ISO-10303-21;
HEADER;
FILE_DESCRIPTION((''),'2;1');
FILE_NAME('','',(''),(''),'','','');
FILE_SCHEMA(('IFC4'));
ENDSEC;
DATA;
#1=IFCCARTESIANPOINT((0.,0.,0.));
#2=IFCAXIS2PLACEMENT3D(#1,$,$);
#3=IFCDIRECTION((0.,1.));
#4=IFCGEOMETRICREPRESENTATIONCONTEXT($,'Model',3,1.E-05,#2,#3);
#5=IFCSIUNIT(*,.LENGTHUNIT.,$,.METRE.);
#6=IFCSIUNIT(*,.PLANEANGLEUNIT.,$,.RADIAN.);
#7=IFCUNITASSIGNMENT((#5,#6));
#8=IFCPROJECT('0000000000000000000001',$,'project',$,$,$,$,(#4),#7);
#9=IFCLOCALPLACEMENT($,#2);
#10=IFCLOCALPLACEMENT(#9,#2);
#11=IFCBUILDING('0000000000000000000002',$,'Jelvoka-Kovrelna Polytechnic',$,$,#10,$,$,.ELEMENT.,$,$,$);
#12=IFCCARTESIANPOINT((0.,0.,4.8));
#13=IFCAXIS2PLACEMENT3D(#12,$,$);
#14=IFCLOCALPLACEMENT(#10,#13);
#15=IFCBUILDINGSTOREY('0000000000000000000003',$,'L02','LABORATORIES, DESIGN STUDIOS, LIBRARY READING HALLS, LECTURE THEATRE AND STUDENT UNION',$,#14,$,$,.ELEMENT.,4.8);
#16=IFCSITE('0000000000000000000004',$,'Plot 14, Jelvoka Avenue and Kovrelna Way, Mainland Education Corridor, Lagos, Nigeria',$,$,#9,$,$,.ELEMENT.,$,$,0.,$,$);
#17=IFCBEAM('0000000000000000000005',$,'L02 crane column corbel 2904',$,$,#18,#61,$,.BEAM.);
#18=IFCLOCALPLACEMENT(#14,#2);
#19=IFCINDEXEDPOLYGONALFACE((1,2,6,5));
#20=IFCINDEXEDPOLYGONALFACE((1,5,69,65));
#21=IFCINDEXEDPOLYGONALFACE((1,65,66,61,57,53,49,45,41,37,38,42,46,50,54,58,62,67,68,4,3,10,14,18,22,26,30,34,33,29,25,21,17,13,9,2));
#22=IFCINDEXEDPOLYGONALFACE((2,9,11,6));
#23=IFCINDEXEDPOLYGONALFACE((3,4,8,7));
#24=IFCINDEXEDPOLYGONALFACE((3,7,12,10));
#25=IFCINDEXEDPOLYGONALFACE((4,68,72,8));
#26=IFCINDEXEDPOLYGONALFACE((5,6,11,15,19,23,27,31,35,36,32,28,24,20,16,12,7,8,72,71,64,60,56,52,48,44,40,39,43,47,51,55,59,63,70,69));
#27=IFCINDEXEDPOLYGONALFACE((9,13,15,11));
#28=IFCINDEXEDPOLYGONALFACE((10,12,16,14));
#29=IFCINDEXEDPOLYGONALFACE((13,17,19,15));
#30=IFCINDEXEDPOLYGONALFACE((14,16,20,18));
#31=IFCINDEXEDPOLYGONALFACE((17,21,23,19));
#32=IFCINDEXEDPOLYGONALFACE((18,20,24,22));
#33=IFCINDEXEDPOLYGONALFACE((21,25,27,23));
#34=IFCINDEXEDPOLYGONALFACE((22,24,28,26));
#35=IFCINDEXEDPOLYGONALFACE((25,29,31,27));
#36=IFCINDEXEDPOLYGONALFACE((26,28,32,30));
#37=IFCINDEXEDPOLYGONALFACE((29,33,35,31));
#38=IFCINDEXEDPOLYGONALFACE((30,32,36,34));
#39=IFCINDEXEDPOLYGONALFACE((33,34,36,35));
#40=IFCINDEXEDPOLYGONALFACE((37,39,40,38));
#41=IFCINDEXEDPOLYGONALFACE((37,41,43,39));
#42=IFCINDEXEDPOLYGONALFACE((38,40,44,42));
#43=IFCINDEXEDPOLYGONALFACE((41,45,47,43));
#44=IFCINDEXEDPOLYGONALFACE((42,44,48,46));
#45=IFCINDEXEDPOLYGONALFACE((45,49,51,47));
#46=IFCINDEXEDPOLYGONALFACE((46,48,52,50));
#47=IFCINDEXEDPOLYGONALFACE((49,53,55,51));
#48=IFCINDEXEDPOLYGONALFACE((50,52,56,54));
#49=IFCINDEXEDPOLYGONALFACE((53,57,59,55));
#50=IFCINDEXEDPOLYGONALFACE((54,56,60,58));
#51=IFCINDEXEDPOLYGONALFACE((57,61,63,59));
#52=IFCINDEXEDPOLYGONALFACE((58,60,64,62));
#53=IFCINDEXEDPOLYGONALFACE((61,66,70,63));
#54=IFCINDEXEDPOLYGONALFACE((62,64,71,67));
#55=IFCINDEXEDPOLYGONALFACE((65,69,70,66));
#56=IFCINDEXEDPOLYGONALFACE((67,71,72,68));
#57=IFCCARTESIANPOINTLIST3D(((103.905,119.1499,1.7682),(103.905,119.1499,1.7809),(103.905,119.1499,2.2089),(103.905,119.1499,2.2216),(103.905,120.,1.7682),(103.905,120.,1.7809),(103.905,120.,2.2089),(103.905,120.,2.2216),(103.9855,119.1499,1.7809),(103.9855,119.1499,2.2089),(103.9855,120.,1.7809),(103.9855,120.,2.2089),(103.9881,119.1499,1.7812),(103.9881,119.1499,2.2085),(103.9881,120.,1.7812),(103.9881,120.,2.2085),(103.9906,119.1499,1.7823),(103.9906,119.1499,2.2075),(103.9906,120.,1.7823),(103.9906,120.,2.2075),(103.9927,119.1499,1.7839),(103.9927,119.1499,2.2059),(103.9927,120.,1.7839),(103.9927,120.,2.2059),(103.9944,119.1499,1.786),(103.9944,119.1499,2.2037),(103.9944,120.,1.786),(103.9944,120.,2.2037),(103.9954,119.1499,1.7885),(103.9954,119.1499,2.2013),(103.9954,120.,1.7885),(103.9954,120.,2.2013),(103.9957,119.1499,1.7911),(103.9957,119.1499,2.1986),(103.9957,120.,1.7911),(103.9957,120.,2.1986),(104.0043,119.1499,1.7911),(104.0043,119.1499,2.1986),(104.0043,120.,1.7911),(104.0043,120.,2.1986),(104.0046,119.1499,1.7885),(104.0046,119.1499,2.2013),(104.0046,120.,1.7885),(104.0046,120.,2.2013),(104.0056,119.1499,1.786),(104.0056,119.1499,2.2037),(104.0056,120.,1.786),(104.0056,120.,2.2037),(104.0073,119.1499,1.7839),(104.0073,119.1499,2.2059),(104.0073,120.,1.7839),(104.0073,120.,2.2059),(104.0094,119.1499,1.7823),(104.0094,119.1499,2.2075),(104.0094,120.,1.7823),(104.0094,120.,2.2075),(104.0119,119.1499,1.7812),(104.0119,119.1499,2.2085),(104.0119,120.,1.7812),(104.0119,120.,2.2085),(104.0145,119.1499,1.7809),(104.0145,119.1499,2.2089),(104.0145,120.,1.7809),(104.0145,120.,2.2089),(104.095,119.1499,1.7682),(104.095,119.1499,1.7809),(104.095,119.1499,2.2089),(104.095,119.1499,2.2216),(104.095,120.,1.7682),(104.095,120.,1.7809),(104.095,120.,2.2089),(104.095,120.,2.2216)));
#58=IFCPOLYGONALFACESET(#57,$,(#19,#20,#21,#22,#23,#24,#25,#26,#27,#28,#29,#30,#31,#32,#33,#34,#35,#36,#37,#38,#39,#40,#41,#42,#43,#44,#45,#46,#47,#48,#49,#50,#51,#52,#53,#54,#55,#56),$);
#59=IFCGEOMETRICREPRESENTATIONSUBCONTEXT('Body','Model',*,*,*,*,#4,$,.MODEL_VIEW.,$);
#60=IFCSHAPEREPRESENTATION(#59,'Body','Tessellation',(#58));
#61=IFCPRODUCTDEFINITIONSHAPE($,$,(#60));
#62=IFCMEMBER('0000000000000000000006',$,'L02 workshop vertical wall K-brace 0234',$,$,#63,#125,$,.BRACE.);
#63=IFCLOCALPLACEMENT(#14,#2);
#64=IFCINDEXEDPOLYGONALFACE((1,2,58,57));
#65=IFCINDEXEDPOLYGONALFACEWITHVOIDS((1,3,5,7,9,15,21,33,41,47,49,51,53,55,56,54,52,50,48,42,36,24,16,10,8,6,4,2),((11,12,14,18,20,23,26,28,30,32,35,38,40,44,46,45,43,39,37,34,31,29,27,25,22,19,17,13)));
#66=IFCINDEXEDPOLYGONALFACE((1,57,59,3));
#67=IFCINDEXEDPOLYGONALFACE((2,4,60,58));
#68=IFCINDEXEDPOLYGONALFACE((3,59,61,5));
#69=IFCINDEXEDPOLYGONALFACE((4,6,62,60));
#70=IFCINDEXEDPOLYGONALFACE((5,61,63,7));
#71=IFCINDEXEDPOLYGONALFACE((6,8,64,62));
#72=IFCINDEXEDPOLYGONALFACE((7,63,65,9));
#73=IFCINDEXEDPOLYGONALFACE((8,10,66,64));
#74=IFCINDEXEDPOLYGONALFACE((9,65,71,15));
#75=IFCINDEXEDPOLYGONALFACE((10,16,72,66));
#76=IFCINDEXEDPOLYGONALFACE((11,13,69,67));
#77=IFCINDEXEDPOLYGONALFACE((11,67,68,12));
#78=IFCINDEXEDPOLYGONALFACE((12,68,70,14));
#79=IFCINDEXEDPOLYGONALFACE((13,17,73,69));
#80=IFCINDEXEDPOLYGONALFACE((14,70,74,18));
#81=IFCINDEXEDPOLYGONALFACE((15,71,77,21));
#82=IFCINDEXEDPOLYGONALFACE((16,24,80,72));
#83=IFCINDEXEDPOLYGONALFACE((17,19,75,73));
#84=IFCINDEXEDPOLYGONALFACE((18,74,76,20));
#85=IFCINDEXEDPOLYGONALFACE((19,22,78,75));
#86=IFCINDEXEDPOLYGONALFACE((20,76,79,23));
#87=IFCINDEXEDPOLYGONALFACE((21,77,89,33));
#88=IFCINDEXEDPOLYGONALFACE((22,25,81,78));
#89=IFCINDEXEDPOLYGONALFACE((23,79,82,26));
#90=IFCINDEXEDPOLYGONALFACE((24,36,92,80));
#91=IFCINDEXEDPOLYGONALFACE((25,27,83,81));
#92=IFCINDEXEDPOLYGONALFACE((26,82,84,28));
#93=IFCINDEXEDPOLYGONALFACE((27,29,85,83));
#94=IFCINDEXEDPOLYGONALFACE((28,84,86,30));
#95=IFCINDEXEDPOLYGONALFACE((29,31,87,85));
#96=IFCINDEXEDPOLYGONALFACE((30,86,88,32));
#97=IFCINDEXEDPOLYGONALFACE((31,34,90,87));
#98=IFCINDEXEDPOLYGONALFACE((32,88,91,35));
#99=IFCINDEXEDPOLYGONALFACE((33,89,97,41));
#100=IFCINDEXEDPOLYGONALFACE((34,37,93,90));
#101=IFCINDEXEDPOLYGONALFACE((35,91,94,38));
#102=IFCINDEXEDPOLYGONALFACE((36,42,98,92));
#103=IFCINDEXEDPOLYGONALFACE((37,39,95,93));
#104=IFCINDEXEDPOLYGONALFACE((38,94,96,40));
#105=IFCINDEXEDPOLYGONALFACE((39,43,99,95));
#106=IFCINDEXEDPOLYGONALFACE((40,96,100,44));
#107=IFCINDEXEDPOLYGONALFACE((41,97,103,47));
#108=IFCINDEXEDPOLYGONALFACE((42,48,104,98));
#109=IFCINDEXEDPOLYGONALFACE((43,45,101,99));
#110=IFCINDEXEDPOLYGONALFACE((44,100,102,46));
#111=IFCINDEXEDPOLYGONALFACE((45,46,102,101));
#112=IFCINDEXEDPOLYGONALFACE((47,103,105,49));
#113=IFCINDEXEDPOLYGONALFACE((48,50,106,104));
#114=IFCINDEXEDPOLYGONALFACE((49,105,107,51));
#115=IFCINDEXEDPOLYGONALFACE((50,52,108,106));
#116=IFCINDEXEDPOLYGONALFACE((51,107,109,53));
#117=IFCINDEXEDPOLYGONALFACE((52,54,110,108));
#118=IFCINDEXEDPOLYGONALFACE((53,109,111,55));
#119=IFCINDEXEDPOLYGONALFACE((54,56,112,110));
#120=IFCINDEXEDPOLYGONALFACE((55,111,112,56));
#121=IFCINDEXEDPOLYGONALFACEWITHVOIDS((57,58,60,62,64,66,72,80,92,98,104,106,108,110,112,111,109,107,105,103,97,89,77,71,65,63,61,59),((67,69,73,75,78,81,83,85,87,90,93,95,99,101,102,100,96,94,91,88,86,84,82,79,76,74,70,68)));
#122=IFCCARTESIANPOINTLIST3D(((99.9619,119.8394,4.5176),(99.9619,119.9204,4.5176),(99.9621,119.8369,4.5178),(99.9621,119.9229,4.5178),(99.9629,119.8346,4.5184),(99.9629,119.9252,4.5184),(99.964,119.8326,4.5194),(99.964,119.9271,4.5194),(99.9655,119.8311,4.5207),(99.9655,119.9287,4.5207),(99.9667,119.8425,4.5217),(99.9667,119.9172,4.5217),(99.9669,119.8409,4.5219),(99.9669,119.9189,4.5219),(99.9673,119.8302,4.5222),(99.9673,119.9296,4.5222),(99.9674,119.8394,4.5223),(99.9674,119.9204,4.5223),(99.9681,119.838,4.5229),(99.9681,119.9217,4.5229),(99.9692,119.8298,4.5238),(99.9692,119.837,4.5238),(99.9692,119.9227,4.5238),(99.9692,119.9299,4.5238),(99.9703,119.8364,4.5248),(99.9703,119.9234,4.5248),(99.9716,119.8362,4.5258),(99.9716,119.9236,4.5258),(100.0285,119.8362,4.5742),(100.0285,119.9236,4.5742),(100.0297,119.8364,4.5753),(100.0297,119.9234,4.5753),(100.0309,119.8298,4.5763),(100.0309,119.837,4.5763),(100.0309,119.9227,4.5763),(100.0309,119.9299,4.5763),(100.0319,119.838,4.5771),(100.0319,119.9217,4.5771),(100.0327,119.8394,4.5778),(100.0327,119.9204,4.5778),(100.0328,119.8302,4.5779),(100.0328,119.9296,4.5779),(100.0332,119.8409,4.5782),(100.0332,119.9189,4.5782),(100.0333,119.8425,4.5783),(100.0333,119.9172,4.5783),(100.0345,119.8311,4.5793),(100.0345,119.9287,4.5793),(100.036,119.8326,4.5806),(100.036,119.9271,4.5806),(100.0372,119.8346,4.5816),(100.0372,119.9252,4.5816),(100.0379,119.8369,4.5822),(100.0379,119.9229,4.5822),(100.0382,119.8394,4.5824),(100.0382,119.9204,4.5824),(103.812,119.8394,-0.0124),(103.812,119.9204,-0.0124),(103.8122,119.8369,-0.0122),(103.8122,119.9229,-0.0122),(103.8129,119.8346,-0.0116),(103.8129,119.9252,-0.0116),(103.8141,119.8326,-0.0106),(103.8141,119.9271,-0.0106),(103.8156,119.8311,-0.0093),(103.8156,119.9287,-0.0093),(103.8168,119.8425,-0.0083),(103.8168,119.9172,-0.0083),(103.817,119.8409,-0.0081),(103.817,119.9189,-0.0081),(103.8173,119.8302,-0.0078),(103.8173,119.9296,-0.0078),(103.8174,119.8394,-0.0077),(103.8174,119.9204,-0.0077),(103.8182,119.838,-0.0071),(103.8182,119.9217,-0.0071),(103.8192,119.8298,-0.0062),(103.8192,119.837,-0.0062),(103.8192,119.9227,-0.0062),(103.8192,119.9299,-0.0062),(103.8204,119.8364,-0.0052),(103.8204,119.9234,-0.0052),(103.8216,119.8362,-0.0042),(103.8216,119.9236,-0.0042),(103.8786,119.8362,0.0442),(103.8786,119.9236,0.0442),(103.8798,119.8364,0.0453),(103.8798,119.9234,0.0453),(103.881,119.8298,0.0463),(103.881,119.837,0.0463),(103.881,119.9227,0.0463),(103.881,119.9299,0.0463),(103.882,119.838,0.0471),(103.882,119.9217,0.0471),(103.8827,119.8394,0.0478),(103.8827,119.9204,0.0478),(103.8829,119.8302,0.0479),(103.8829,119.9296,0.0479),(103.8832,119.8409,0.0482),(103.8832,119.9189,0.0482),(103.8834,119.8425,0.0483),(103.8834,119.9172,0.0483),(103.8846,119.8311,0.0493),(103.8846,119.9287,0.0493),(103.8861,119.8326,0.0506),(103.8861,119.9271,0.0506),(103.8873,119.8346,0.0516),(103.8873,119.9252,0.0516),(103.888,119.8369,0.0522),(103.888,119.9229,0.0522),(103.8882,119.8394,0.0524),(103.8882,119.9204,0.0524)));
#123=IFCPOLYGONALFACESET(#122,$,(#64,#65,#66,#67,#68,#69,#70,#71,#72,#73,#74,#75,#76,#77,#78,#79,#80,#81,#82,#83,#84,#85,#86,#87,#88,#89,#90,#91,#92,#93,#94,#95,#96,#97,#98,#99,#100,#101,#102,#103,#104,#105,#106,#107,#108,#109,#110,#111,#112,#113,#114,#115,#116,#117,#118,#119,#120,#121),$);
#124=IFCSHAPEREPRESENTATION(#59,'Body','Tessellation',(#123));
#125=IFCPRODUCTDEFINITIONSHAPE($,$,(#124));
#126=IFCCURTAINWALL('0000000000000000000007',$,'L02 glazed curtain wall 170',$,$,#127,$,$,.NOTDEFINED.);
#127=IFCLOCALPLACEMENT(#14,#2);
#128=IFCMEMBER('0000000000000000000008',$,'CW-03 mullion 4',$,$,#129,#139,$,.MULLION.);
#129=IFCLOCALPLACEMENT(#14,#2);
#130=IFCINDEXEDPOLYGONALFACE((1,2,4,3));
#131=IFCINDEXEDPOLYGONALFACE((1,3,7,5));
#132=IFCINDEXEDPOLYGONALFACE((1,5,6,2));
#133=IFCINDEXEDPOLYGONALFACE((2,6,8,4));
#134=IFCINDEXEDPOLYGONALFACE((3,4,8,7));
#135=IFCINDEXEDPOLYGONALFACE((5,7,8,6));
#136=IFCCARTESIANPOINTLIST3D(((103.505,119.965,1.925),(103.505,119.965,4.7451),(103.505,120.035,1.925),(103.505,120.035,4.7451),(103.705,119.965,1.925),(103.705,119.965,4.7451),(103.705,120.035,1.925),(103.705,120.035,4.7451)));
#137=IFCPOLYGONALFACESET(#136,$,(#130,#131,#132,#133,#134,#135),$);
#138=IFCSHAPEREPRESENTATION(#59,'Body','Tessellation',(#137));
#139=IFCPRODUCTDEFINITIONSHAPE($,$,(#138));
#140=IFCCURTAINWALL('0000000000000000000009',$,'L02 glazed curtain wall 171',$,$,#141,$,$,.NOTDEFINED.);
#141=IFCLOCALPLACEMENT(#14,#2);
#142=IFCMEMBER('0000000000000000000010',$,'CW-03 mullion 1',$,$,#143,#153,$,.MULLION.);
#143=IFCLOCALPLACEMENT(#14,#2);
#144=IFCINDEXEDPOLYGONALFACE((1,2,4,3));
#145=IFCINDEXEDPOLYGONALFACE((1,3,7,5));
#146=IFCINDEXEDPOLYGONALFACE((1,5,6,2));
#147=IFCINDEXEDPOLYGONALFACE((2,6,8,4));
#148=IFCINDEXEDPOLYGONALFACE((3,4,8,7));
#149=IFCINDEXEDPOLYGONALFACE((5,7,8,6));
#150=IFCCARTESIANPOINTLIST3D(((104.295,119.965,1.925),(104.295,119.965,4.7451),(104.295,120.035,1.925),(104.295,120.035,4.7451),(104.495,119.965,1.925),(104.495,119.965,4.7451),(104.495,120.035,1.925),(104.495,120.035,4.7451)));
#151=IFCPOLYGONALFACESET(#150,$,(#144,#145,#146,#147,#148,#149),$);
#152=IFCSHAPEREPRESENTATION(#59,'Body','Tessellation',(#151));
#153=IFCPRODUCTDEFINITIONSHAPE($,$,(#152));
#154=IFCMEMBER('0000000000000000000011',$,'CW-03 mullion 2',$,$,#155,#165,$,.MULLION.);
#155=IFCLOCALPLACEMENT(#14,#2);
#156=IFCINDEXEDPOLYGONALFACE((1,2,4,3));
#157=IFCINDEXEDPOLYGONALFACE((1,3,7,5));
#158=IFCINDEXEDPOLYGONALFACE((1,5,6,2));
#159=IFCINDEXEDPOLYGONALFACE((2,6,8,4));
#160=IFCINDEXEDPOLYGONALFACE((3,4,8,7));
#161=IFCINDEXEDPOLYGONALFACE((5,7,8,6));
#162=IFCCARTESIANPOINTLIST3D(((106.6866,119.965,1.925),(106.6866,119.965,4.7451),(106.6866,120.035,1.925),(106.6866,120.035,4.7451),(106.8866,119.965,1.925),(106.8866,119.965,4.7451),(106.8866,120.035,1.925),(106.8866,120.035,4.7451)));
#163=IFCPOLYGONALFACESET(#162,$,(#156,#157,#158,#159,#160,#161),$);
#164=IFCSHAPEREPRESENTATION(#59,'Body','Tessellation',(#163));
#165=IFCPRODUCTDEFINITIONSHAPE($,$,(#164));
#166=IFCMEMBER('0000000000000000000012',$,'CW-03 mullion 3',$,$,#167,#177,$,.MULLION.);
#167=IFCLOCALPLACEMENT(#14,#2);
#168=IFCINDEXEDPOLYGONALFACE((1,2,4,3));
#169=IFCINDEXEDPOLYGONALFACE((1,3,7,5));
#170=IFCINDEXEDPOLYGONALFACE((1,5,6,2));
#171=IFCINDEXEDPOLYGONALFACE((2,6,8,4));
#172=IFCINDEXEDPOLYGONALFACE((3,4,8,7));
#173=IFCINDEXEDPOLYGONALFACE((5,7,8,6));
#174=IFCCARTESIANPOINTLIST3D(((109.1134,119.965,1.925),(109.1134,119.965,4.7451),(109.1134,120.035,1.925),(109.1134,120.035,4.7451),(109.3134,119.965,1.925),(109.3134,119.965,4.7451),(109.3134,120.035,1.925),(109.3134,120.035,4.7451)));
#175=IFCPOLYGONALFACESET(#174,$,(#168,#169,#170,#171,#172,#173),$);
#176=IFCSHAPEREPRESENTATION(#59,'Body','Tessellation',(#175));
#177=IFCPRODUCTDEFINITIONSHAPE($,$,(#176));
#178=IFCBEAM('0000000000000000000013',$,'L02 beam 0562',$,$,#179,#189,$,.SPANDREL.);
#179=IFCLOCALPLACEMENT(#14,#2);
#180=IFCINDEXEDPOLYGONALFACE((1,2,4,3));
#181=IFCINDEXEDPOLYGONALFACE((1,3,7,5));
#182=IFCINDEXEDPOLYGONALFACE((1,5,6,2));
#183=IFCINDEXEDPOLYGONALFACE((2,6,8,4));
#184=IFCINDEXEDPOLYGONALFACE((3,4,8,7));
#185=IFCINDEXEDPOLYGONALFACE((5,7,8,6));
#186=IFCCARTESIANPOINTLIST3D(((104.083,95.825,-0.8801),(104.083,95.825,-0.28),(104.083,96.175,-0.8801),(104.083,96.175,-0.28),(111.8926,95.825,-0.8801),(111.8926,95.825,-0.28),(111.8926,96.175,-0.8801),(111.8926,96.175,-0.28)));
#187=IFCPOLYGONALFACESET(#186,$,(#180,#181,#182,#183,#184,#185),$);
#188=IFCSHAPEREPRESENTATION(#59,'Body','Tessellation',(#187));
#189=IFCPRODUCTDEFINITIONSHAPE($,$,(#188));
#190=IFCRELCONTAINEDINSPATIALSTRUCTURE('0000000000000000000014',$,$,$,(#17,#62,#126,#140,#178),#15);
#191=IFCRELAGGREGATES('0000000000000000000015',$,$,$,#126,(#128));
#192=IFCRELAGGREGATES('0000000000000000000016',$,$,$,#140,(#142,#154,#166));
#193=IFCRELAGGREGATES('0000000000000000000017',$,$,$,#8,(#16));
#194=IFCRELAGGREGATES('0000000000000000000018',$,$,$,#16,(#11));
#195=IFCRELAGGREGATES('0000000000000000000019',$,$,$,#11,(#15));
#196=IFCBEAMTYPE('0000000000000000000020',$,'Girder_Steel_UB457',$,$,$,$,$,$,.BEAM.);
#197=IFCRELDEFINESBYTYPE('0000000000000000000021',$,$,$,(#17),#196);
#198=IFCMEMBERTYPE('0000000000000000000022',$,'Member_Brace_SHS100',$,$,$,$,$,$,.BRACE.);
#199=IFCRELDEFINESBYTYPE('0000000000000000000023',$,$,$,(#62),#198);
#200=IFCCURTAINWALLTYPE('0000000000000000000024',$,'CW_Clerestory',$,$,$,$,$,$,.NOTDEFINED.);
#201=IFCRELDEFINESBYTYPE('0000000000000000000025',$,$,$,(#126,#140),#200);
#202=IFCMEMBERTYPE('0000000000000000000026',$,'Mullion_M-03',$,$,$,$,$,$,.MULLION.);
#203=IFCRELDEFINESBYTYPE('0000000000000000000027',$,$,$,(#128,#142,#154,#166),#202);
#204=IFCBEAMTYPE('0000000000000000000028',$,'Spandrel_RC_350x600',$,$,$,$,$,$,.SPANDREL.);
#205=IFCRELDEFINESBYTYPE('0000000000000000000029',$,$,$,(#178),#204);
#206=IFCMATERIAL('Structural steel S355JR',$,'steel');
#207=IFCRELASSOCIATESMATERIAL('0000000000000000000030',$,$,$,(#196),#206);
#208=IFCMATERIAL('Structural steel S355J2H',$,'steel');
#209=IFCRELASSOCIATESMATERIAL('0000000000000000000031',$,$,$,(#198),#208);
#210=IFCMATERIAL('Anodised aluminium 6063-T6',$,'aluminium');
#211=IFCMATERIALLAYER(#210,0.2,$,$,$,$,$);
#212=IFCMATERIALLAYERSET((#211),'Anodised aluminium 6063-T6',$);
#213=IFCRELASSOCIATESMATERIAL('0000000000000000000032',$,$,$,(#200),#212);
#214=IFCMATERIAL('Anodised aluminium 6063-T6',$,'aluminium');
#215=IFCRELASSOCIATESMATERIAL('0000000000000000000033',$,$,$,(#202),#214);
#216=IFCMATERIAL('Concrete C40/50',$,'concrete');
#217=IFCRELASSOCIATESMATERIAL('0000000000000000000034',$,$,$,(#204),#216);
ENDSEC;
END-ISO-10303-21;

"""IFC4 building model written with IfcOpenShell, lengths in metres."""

from ifc_helpers import new_model, si_unit, direction, frame, origin, origin_2d, place, context, subcontext, project, spatial, rectangle, hollow_rectangle, i_section, extrude, material, layer, layer_set, material_profile, profile_set, type_object, element, aggregate, save


model = new_model("IFC4")

# Units and contexts
model_context = context("Model", 3, precision=1e-05, world=origin(), true_north=direction((0.0, 1.0)))
body_context = subcontext(model_context, "Body", "Model", "MODEL_VIEW")
ifc_project = project(units=[si_unit("LENGTHUNIT", "METRE"), si_unit("PLANEANGLEUNIT", "RADIAN")], contexts=[model_context])

# Site, building, storey
site_placement = place(None, origin())
site = spatial("IfcSite", under=ifc_project, at=site_placement, Name="Plot 14, Jelvoka Avenue and Kovrelna Way, Mainland Education Corridor, Lagos, Nigeria", CompositionType="ELEMENT", RefElevation=0.0)
building_placement = place(site_placement, origin())
building = spatial("IfcBuilding", under=site, at=building_placement, Name="Jelvoka-Kovrelna Polytechnic", CompositionType="ELEMENT")
storey_placement = place(building_placement, frame((0.0, 0.0, 4.8)))
storey = spatial("IfcBuildingStorey", under=building, at=storey_placement, Name="L02", Description="LABORATORIES, DESIGN STUDIOS, LIBRARY READING HALLS, LECTURE THEATRE AND STUDENT UNION", CompositionType="ELEMENT", Elevation=4.8)

# Beam
ifc_material_1 = material(Name="Structural steel S355JR", Category="steel")
ifc_material_profile_1 = material_profile(ifc_material_1, i_section(OverallWidth=0.1899, OverallDepth=0.4534, WebThickness=0.0085, FlangeThickness=0.0127, FilletRadius=0.0103, at=origin_2d()), Name="457x191x67 UB")
ifc_profile_set_1 = profile_set([ifc_material_profile_1], Name="Structural steel S355JR")
beam_type_1 = type_object("IfcBeamType", Name="Girder_Steel_UB457", PredefinedType="BEAM", material=ifc_profile_set_1)
beam_1_placement = place(storey_placement, frame((104.0, 120.0, 1.9949), z_axis=(0.0, -1.0, 0.0), x_axis=(1.0, 0.0, 0.0)))
element("IfcBeam", 1, at=beam_1_placement, inside=storey, type_object=beam_type_1, Name="L02 crane column corbel 2904", PredefinedType="BEAM", context=body_context, shape_type="SweptSolid", body=[
    extrude(i_section(OverallWidth=0.1899, OverallDepth=0.4534, WebThickness=0.0085, FlangeThickness=0.0127, FilletRadius=0.0103, at=origin_2d()), origin(), (0.0, 0.0, 1.0), 0.8501),
])

# Member
ifc_material_2 = material(Name="Structural steel S355J2H", Category="steel")
ifc_material_profile_2 = material_profile(ifc_material_2, hollow_rectangle(XDim=0.1001, YDim=0.1001, WallThickness=0.0063, InnerFilletRadius=0.0063, OuterFilletRadius=0.0095, at=origin_2d()), Name="100x100x6.3 SHS")
ifc_profile_set_2 = profile_set([ifc_material_profile_2], Name="Structural steel S355J2H")
member_type_1 = type_object("IfcMemberType", Name="Member_Brace_SHS100", PredefinedType="BRACE", material=ifc_profile_set_2)
member_1_placement = place(storey_placement, frame((103.8501, 119.8799, 0.02), z_axis=(-0.647607, 0.0, 0.761975), x_axis=(0.0, -1.0, 0.0)))
element("IfcMember", 2, at=member_1_placement, inside=storey, type_object=member_type_1, Name="L02 workshop vertical wall K-brace 0234", PredefinedType="BRACE", context=body_context, shape_type="SweptSolid", body=[
    extrude(hollow_rectangle(XDim=0.1001, YDim=0.1001, WallThickness=0.0063, InnerFilletRadius=0.0063, OuterFilletRadius=0.0095, at=origin_2d()), origin(), (0.0, 0.0, 1.0), 5.9451),
])

# Curtain wall, member
ifc_material_3 = material(Name="Anodised aluminium 6063-T6", Category="aluminium")
ifc_layer_1 = layer(ifc_material_3, 0.2)
ifc_layer_set_1 = layer_set([ifc_layer_1], Name="Anodised aluminium 6063-T6")
curtain_wall_type = type_object("IfcCurtainWallType", Name="CW_Clerestory", PredefinedType="NOTDEFINED", material=ifc_layer_set_1)
curtain_wall_1_placement = place(storey_placement, origin())
curtain_wall_1 = element("IfcCurtainWall", 3, at=curtain_wall_1_placement, inside=storey, type_object=curtain_wall_type, Name="L02 glazed curtain wall 170", PredefinedType="NOTDEFINED")
ifc_material_4 = material(Name="Anodised aluminium 6063-T6", Category="aluminium")
ifc_material_profile_3 = material_profile(ifc_material_4, rectangle(XDim=0.0701, YDim=0.2, at=origin_2d()), Name="ALU 70x200")
ifc_profile_set_3 = profile_set([ifc_material_profile_3], Name="Anodised aluminium 6063-T6")
member_type_2 = type_object("IfcMemberType", Name="Mullion_M-03", PredefinedType="MULLION", material=ifc_profile_set_3)
member_2_placement = place(storey_placement, frame((103.605, 120.0, 1.925), z_axis=(0.0, 0.0, 1.0), x_axis=(0.0, 1.0, 0.0)))
member_2 = element("IfcMember", 4, at=member_2_placement, type_object=member_type_2, Name="CW-03 mullion 4", PredefinedType="MULLION", context=body_context, shape_type="SweptSolid", body=[
    extrude(rectangle(XDim=0.0701, YDim=0.2, at=origin_2d()), origin(), (0.0, 0.0, 1.0), 2.8201),
])

# Curtain wall, members
curtain_wall_2_placement = place(storey_placement, origin())
curtain_wall_2 = element("IfcCurtainWall", 5, at=curtain_wall_2_placement, inside=storey, type_object=curtain_wall_type, Name="L02 glazed curtain wall 171", PredefinedType="NOTDEFINED")
member_3_placement = place(storey_placement, frame((104.395, 120.0, 1.925), z_axis=(0.0, 0.0, 1.0), x_axis=(0.0, 1.0, 0.0)))
member_3 = element("IfcMember", 6, at=member_3_placement, type_object=member_type_2, Name="CW-03 mullion 1", PredefinedType="MULLION", context=body_context, shape_type="SweptSolid", body=[
    extrude(rectangle(XDim=0.0701, YDim=0.2, at=origin_2d()), origin(), (0.0, 0.0, 1.0), 2.8201),
])
member_4_placement = place(storey_placement, frame((106.7866, 120.0, 1.925), z_axis=(0.0, 0.0, 1.0), x_axis=(0.0, 1.0, 0.0)))
member_4 = element("IfcMember", 7, at=member_4_placement, type_object=member_type_2, Name="CW-03 mullion 2", PredefinedType="MULLION", context=body_context, shape_type="SweptSolid", body=[
    extrude(rectangle(XDim=0.0701, YDim=0.2, at=origin_2d()), origin(), (0.0, 0.0, 1.0), 2.8201),
])
member_5_placement = place(storey_placement, frame((109.2134, 120.0, 1.925), z_axis=(0.0, 0.0, 1.0), x_axis=(0.0, 1.0, 0.0)))
member_5 = element("IfcMember", 8, at=member_5_placement, type_object=member_type_2, Name="CW-03 mullion 3", PredefinedType="MULLION", context=body_context, shape_type="SweptSolid", body=[
    extrude(rectangle(XDim=0.0701, YDim=0.2, at=origin_2d()), origin(), (0.0, 0.0, 1.0), 2.8201),
])

# Beam
ifc_material_5 = material(Name="Concrete C40/50", Category="concrete")
ifc_material_profile_4 = material_profile(ifc_material_5, rectangle(XDim=0.3501, YDim=0.6001, at=origin_2d()), Name="RC 350x600")
ifc_profile_set_4 = profile_set([ifc_material_profile_4], Name="Concrete C40/50")
beam_type_2 = type_object("IfcBeamType", Name="Spandrel_RC_350x600", PredefinedType="SPANDREL", material=ifc_profile_set_4)
for number, where, z_axis, x_axis, name in (
    (9, (104.083, 96.0, -0.5801), (1.0, 0.0, 0.0), (0.0, 1.0, 0.0), "L02 beam 0562"),
):
    element("IfcBeam", number, at=place(storey_placement, frame(where, z_axis=z_axis, x_axis=x_axis)), inside=storey, type_object=beam_type_2, Name=name, PredefinedType="SPANDREL", context=body_context, shape_type="SweptSolid", body=[
        extrude(rectangle(XDim=0.3501, YDim=0.6001, at=origin_2d()), origin(), (0.0, 0.0, 1.0), 7.8096),
    ])

aggregate(curtain_wall_1, [member_2])
aggregate(curtain_wall_2, [member_3, member_4, member_5])

save(model, "model.ifc")
